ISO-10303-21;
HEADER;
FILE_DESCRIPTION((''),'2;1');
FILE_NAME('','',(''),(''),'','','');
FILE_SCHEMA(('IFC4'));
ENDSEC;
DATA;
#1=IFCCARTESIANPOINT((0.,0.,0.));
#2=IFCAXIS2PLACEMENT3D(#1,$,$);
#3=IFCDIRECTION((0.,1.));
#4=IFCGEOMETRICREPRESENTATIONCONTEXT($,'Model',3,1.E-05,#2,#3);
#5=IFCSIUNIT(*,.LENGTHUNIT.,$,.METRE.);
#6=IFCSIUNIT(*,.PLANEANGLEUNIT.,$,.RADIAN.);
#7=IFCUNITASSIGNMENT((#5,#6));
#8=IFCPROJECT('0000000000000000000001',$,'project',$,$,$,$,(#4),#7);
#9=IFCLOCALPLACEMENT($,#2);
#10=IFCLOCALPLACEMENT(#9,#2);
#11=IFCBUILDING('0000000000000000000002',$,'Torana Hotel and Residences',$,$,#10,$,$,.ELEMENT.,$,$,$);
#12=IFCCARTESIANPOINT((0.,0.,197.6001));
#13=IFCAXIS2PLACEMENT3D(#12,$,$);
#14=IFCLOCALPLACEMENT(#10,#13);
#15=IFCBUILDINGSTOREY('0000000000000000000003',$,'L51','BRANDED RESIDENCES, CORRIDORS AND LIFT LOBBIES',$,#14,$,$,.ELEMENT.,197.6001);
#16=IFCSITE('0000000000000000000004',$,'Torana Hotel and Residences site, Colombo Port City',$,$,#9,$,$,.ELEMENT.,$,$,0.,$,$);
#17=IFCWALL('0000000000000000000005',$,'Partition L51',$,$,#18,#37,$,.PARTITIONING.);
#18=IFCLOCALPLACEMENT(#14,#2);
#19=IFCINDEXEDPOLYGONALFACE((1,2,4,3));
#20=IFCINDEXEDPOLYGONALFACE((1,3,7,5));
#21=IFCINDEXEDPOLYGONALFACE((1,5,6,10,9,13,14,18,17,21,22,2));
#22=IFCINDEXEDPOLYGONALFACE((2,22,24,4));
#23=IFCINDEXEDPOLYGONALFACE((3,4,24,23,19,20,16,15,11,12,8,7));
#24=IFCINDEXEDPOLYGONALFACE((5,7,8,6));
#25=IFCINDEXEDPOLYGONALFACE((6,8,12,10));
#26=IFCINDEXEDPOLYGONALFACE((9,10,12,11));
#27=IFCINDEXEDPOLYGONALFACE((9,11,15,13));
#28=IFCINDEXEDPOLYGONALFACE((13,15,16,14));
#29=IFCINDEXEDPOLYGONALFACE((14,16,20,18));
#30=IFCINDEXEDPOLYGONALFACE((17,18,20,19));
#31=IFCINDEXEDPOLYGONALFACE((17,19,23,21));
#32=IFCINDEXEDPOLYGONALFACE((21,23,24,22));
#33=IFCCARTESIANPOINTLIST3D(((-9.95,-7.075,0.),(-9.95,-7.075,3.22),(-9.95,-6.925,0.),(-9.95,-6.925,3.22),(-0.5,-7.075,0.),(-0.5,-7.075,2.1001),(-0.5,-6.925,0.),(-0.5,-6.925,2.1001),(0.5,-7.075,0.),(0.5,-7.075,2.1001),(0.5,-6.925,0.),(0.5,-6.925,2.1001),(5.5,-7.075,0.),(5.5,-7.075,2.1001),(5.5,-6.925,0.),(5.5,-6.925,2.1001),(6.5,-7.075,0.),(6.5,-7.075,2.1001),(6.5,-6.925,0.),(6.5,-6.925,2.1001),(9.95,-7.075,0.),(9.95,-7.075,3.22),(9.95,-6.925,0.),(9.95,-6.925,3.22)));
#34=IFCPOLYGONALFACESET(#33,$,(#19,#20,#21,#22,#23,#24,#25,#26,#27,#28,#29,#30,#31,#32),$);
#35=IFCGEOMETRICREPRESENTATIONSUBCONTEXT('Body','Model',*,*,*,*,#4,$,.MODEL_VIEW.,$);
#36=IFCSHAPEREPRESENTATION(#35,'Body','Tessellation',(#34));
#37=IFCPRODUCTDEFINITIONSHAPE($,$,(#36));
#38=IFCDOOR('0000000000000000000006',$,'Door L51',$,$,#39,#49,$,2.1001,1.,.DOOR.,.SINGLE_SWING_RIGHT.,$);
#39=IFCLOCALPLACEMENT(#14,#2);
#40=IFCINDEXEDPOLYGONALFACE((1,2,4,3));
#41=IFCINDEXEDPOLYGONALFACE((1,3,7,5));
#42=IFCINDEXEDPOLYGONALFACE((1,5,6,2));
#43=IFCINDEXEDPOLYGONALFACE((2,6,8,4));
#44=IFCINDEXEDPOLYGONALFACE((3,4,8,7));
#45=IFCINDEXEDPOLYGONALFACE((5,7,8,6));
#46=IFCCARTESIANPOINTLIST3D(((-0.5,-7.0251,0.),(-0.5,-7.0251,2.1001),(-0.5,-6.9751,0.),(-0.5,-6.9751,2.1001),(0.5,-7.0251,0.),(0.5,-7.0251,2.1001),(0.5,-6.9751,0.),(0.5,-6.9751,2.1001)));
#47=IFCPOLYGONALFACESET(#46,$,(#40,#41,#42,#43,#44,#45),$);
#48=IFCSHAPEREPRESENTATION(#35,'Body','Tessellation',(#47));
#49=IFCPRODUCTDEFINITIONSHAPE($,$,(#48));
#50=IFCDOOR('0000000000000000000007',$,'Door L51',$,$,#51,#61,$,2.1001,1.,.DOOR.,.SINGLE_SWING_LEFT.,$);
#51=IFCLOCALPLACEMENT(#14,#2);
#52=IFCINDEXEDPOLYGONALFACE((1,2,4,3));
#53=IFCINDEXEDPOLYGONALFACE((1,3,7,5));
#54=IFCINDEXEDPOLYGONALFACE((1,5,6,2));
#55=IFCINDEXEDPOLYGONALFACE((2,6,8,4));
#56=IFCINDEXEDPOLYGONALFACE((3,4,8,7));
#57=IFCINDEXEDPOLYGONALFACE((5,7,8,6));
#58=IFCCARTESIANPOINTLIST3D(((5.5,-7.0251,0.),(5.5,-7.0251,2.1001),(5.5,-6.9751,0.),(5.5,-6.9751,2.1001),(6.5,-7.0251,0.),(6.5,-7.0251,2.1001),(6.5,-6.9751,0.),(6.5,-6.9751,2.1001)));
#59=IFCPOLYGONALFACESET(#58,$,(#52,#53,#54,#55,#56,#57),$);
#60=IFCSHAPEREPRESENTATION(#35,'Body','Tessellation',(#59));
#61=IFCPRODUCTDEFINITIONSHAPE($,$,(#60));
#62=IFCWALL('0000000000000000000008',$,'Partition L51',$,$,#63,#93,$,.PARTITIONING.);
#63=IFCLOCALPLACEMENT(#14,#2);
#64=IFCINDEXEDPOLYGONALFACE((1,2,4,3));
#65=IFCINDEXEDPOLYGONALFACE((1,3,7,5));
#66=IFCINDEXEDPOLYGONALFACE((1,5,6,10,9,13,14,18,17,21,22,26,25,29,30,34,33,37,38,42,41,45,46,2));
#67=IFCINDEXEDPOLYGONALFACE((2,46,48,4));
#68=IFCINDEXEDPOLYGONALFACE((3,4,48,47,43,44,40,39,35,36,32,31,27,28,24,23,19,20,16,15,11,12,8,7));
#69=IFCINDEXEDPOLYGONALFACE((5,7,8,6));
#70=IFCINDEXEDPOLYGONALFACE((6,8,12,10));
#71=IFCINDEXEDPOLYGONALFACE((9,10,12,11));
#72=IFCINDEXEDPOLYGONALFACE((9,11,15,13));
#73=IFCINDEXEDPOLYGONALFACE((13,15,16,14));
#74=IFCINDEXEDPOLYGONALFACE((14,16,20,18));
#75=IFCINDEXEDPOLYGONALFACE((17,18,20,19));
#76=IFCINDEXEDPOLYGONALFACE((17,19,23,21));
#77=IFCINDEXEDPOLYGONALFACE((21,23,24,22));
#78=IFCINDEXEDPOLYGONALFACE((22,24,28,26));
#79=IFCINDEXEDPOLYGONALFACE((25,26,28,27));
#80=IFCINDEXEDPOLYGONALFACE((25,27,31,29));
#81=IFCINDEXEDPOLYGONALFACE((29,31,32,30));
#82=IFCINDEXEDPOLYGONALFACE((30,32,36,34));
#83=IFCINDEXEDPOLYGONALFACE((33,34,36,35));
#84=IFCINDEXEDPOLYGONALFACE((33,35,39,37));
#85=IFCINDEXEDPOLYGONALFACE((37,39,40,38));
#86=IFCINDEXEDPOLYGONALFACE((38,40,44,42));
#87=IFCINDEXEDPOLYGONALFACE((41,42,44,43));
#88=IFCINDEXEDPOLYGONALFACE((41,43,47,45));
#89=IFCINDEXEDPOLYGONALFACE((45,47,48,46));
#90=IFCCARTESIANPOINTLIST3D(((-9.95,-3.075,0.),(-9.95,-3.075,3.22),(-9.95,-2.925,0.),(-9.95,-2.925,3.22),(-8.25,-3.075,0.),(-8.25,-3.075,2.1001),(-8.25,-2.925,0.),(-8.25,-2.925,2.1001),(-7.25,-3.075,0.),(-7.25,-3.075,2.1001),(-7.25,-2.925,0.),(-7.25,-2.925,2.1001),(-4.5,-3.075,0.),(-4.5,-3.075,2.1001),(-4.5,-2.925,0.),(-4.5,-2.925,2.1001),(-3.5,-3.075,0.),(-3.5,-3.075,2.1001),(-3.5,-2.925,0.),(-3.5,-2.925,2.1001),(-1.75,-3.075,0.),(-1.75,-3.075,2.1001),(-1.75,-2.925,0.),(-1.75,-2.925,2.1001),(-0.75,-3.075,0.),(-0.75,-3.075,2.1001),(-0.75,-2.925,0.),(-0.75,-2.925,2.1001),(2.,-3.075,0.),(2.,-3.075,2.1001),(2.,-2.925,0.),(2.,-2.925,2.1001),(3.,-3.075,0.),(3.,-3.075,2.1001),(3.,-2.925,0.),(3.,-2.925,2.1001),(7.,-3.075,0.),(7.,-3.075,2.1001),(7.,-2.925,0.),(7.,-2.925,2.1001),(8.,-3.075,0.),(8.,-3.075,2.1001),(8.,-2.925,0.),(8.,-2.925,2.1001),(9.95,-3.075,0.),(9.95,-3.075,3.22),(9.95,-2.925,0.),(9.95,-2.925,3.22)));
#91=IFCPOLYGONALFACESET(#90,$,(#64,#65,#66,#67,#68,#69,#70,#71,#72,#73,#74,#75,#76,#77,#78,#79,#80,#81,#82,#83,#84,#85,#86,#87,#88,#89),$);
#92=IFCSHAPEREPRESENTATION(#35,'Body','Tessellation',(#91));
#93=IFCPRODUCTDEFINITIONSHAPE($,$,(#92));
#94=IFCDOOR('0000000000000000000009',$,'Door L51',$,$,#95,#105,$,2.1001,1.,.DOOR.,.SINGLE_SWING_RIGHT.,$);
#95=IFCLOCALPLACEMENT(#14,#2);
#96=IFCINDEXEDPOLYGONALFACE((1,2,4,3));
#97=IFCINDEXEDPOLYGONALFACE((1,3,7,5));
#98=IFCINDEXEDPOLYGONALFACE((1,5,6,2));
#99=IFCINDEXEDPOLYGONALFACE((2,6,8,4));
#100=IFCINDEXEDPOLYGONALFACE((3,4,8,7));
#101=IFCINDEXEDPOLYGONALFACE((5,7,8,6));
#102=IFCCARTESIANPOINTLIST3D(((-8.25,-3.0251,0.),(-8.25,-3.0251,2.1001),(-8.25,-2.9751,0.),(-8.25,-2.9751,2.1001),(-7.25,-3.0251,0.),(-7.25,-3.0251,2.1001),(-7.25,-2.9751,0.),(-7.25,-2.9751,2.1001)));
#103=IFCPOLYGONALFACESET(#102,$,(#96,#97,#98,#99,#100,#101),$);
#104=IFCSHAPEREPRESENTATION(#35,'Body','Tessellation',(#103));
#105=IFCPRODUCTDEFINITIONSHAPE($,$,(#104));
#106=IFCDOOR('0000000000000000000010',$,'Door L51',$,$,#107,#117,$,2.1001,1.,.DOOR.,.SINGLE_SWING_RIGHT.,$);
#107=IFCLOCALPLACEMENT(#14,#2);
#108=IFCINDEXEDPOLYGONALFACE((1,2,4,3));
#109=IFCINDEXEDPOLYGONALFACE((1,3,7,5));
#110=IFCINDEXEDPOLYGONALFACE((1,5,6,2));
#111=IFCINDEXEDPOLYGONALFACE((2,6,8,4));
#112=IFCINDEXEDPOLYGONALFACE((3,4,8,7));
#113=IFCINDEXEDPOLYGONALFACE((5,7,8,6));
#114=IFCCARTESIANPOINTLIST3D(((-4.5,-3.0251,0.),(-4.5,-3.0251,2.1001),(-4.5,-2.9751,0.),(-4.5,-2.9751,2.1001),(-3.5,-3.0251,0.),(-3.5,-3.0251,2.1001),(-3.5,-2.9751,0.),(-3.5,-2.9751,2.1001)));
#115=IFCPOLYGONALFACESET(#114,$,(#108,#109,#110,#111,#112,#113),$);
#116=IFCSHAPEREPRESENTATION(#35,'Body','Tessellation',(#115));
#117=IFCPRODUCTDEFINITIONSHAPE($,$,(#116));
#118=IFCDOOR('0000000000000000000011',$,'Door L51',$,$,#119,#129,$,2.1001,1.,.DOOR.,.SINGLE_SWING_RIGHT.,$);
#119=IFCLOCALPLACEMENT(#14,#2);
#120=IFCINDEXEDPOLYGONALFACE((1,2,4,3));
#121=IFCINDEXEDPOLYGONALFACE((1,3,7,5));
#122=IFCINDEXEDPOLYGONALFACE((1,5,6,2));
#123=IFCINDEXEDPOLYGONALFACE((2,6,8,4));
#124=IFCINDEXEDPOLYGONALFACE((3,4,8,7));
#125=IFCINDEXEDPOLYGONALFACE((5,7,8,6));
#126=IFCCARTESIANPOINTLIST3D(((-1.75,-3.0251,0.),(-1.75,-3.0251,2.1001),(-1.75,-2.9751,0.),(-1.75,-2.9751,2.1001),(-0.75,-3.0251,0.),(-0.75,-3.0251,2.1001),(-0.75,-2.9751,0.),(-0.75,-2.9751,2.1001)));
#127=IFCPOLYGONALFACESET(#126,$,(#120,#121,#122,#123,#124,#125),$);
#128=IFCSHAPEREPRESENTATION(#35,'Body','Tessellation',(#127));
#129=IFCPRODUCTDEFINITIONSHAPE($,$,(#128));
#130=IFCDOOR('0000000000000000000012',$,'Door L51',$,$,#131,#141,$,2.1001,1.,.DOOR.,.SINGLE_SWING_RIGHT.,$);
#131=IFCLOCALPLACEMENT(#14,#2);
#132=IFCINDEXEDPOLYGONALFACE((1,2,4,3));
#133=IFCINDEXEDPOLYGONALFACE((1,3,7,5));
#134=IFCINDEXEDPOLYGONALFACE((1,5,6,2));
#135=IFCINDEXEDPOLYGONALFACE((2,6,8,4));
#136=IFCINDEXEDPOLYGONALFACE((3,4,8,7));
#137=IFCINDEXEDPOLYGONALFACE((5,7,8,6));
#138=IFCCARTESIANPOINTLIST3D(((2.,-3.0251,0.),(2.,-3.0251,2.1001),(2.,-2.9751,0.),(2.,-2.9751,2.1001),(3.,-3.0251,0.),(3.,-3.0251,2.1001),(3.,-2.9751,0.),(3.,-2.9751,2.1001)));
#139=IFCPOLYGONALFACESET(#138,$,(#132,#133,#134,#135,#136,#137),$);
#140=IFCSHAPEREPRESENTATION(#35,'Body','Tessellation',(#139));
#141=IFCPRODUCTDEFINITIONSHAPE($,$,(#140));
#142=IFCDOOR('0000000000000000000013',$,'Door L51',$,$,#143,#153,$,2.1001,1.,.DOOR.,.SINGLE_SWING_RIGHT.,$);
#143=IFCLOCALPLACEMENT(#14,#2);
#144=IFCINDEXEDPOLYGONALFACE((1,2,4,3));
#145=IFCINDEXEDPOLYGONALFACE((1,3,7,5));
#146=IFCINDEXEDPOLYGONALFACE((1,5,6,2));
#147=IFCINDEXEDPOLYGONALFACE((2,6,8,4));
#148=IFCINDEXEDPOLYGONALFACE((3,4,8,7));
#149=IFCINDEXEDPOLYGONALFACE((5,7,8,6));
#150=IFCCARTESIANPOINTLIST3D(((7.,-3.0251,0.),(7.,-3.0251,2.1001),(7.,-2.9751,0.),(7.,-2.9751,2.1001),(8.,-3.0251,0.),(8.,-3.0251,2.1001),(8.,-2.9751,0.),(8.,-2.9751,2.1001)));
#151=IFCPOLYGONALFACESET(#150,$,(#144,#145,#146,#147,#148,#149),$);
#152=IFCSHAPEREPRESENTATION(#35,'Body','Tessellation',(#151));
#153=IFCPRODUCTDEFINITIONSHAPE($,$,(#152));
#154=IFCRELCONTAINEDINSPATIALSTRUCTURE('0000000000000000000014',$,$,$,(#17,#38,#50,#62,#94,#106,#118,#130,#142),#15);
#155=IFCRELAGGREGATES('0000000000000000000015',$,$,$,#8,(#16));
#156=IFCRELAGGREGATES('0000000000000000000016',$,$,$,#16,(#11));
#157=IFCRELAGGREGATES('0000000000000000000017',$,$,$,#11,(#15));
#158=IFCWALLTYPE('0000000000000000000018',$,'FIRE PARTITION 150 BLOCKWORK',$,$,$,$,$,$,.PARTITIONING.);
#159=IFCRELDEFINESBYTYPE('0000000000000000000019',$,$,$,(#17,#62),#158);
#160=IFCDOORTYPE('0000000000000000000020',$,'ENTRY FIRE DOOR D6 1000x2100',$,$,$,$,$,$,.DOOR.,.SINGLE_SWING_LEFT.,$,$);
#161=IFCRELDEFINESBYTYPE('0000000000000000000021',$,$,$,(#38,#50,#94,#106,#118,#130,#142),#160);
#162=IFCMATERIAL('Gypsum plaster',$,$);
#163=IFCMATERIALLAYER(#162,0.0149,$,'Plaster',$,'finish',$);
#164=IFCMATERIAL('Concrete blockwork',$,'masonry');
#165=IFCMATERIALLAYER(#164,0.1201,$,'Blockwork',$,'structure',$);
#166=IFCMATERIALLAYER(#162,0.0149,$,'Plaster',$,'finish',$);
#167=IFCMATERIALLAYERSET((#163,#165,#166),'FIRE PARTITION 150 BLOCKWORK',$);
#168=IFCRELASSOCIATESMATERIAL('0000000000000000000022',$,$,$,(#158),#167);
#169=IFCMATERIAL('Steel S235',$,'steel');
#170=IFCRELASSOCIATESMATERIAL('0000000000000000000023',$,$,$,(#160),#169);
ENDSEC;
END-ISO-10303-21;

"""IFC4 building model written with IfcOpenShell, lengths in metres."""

from ifc_helpers import new_model, si_unit, direction, frame, frame_2d, origin, place, context, subcontext, project, spatial, rectangle, extrude, material, layer, layer_set, type_object, element, fill, save


model = new_model("IFC4")

# Units and contexts
model_context = context("Model", 3, precision=1e-05, world=origin(), true_north=direction((0.0, 1.0)))
body_context = subcontext(model_context, "Body", "Model", "MODEL_VIEW")
ifc_project = project(units=[si_unit("LENGTHUNIT", "METRE"), si_unit("PLANEANGLEUNIT", "RADIAN")], contexts=[model_context])

# Site, building, storey
site_placement = place(None, origin())
site = spatial("IfcSite", under=ifc_project, at=site_placement, Name="Torana Hotel and Residences site, Colombo Port City", CompositionType="ELEMENT", RefElevation=0.0)
building_placement = place(site_placement, origin())
building = spatial("IfcBuilding", under=site, at=building_placement, Name="Torana Hotel and Residences", CompositionType="ELEMENT")
storey_placement = place(building_placement, frame((0.0, 0.0, 197.6001)))
storey = spatial("IfcBuildingStorey", under=building, at=storey_placement, Name="L51", Description="BRANDED RESIDENCES, CORRIDORS AND LIFT LOBBIES", CompositionType="ELEMENT", Elevation=197.6001)

# Walls, openings, doors
ifc_material_1 = material(Name="Gypsum plaster")
ifc_layer_1 = layer(ifc_material_1, 0.0149, Name="Plaster", Category="finish")
ifc_material_2 = material(Name="Concrete blockwork", Category="masonry")
ifc_layer_2 = layer(ifc_material_2, 0.1201, Name="Blockwork", Category="structure")
ifc_layer_3 = layer(ifc_material_1, 0.0149, Name="Plaster", Category="finish")
ifc_layer_set_1 = layer_set([ifc_layer_1, ifc_layer_2, ifc_layer_3], Name="FIRE PARTITION 150 BLOCKWORK")
wall_type_1 = type_object("IfcWallType", Name="FIRE PARTITION 150 BLOCKWORK", PredefinedType="PARTITIONING", material=ifc_layer_set_1)
wall_1_placement = place(storey_placement, frame((-9.95, -7.0, 0.0), z_axis=(0.0, 0.0, 1.0), x_axis=(1.0, 0.0, 0.0)))
wall_1 = element("IfcWall", 1, at=wall_1_placement, inside=storey, type_object=wall_type_1, Name="Partition L51", PredefinedType="PARTITIONING", context=body_context, shape_type="SweptSolid", body=[
    extrude(rectangle(XDim=19.8999, YDim=0.1499, at=frame_2d((9.95, 0.0))), origin(), (0.0, 0.0, 1.0), 3.22),
])
opening_1_placement = place(wall_1_placement, frame((9.45, 0.0, 0.0)))
opening_1 = element("IfcOpeningElement", 2, at=opening_1_placement, cuts=wall_1, PredefinedType="OPENING", context=body_context, shape_type="SweptSolid", body=[
    extrude(rectangle(XDim=1.0, YDim=2.1001, at=frame_2d((0.5, 1.05))), frame((0.0, 0.085, 0.0), z_axis=(0.0, -1.0, 0.0), x_axis=(1.0, 0.0, 0.0)), (0.0, 0.0, 1.0), 0.1699),
])
opening_2_placement = place(wall_1_placement, frame((15.45, 0.0, 0.0)))
opening_2 = element("IfcOpeningElement", 3, at=opening_2_placement, cuts=wall_1, PredefinedType="OPENING", context=body_context, shape_type="SweptSolid", body=[
    extrude(rectangle(XDim=1.0, YDim=2.1001, at=frame_2d((0.5, 1.05))), frame((0.0, 0.085, 0.0), z_axis=(0.0, -1.0, 0.0), x_axis=(1.0, 0.0, 0.0)), (0.0, 0.0, 1.0), 0.1699),
])
ifc_material_3 = material(Name="Steel S235", Category="steel")
door_type = type_object("IfcDoorType", Name="ENTRY FIRE DOOR D6 1000x2100", OperationType="SINGLE_SWING_LEFT", PredefinedType="DOOR", material=ifc_material_3)
door_1_placement = place(opening_1_placement, origin())
door_1 = element("IfcDoor", 4, at=door_1_placement, inside=storey, type_object=door_type, Name="Door L51", OperationType="SINGLE_SWING_RIGHT", OverallHeight=2.1001, OverallWidth=1.0, PredefinedType="DOOR", context=body_context, shape_type="SweptSolid", body=[
    extrude(rectangle(XDim=1.0, YDim=2.1001, at=frame_2d((0.5, 1.05))), frame((0.0, 0.0249, 0.0), z_axis=(0.0, -1.0, 0.0), x_axis=(1.0, 0.0, 0.0)), (0.0, 0.0, 1.0), 0.05),
])
fill(opening_1, door_1)
door_2_placement = place(opening_2_placement, frame((0.5, 0.0, 0.0), z_axis=(0.0, 0.0, 1.0), x_axis=(-1.0, 0.0, 0.0)))
door_2 = element("IfcDoor", 5, at=door_2_placement, inside=storey, type_object=door_type, Name="Door L51", OperationType="SINGLE_SWING_LEFT", OverallHeight=2.1001, OverallWidth=1.0, PredefinedType="DOOR", context=body_context, shape_type="SweptSolid", body=[
    extrude(rectangle(XDim=1.0, YDim=2.1001, at=frame_2d((0.0, 1.05))), frame((0.0, -0.0249, 0.0), z_axis=(0.0, 1.0, 0.0), x_axis=(-1.0, 0.0, 0.0)), (0.0, 0.0, 1.0), 0.05),
])
fill(opening_2, door_2)
wall_2_placement = place(storey_placement, frame((-9.95, -3.0, 0.0), z_axis=(0.0, 0.0, 1.0), x_axis=(1.0, 0.0, 0.0)))
wall_2 = element("IfcWall", 6, at=wall_2_placement, inside=storey, type_object=wall_type_1, Name="Partition L51", PredefinedType="PARTITIONING", context=body_context, shape_type="SweptSolid", body=[
    extrude(rectangle(XDim=19.8999, YDim=0.1499, at=frame_2d((9.95, 0.0))), origin(), (0.0, 0.0, 1.0), 3.22),
])
opening_3_placement = place(wall_2_placement, frame((1.7, 0.0, 0.0)))
opening_3 = element("IfcOpeningElement", 7, at=opening_3_placement, cuts=wall_2, PredefinedType="OPENING", context=body_context, shape_type="SweptSolid", body=[
    extrude(rectangle(XDim=1.0, YDim=2.1001, at=frame_2d((0.5, 1.05))), frame((0.0, 0.085, 0.0), z_axis=(0.0, -1.0, 0.0), x_axis=(1.0, 0.0, 0.0)), (0.0, 0.0, 1.0), 0.1699),
])
opening_4_placement = place(wall_2_placement, frame((5.45, 0.0, 0.0)))
opening_4 = element("IfcOpeningElement", 8, at=opening_4_placement, cuts=wall_2, PredefinedType="OPENING", context=body_context, shape_type="SweptSolid", body=[
    extrude(rectangle(XDim=1.0, YDim=2.1001, at=frame_2d((0.5, 1.05))), frame((0.0, 0.085, 0.0), z_axis=(0.0, -1.0, 0.0), x_axis=(1.0, 0.0, 0.0)), (0.0, 0.0, 1.0), 0.1699),
])
opening_5_placement = place(wall_2_placement, frame((8.2, 0.0, 0.0)))
opening_5 = element("IfcOpeningElement", 9, at=opening_5_placement, cuts=wall_2, PredefinedType="OPENING", context=body_context, shape_type="SweptSolid", body=[
    extrude(rectangle(XDim=1.0, YDim=2.1001, at=frame_2d((0.5, 1.05))), frame((0.0, 0.085, 0.0), z_axis=(0.0, -1.0, 0.0), x_axis=(1.0, 0.0, 0.0)), (0.0, 0.0, 1.0), 0.1699),
])
opening_6_placement = place(wall_2_placement, frame((11.95, 0.0, 0.0)))
opening_6 = element("IfcOpeningElement", 10, at=opening_6_placement, cuts=wall_2, PredefinedType="OPENING", context=body_context, shape_type="SweptSolid", body=[
    extrude(rectangle(XDim=1.0, YDim=2.1001, at=frame_2d((0.5, 1.05))), frame((0.0, 0.085, 0.0), z_axis=(0.0, -1.0, 0.0), x_axis=(1.0, 0.0, 0.0)), (0.0, 0.0, 1.0), 0.1699),
])
opening_7_placement = place(wall_2_placement, frame((16.95, 0.0, 0.0)))
opening_7 = element("IfcOpeningElement", 11, at=opening_7_placement, cuts=wall_2, PredefinedType="OPENING", context=body_context, shape_type="SweptSolid", body=[
    extrude(rectangle(XDim=1.0, YDim=2.1001, at=frame_2d((0.5, 1.05))), frame((0.0, 0.085, 0.0), z_axis=(0.0, -1.0, 0.0), x_axis=(1.0, 0.0, 0.0)), (0.0, 0.0, 1.0), 0.1699),
])
door_3_placement = place(opening_3_placement, origin())
door_3 = element("IfcDoor", 12, at=door_3_placement, inside=storey, type_object=door_type, Name="Door L51", OperationType="SINGLE_SWING_RIGHT", OverallHeight=2.1001, OverallWidth=1.0, PredefinedType="DOOR", context=body_context, shape_type="SweptSolid", body=[
    extrude(rectangle(XDim=1.0, YDim=2.1001, at=frame_2d((0.5, 1.05))), frame((0.0, 0.0249, 0.0), z_axis=(0.0, -1.0, 0.0), x_axis=(1.0, 0.0, 0.0)), (0.0, 0.0, 1.0), 0.05),
])
fill(opening_3, door_3)
door_4_placement = place(opening_4_placement, origin())
door_4 = element("IfcDoor", 13, at=door_4_placement, inside=storey, type_object=door_type, Name="Door L51", OperationType="SINGLE_SWING_RIGHT", OverallHeight=2.1001, OverallWidth=1.0, PredefinedType="DOOR", context=body_context, shape_type="SweptSolid", body=[
    extrude(rectangle(XDim=1.0, YDim=2.1001, at=frame_2d((0.5, 1.05))), frame((0.0, 0.0249, 0.0), z_axis=(0.0, -1.0, 0.0), x_axis=(1.0, 0.0, 0.0)), (0.0, 0.0, 1.0), 0.05),
])
fill(opening_4, door_4)
door_5_placement = place(opening_5_placement, origin())
door_5 = element("IfcDoor", 14, at=door_5_placement, inside=storey, type_object=door_type, Name="Door L51", OperationType="SINGLE_SWING_RIGHT", OverallHeight=2.1001, OverallWidth=1.0, PredefinedType="DOOR", context=body_context, shape_type="SweptSolid", body=[
    extrude(rectangle(XDim=1.0, YDim=2.1001, at=frame_2d((0.5, 1.05))), frame((0.0, 0.0249, 0.0), z_axis=(0.0, -1.0, 0.0), x_axis=(1.0, 0.0, 0.0)), (0.0, 0.0, 1.0), 0.05),
])
fill(opening_5, door_5)
door_6_placement = place(opening_6_placement, origin())
door_6 = element("IfcDoor", 15, at=door_6_placement, inside=storey, type_object=door_type, Name="Door L51", OperationType="SINGLE_SWING_RIGHT", OverallHeight=2.1001, OverallWidth=1.0, PredefinedType="DOOR", context=body_context, shape_type="SweptSolid", body=[
    extrude(rectangle(XDim=1.0, YDim=2.1001, at=frame_2d((0.5, 1.05))), frame((0.0, 0.0249, 0.0), z_axis=(0.0, -1.0, 0.0), x_axis=(1.0, 0.0, 0.0)), (0.0, 0.0, 1.0), 0.05),
])
fill(opening_6, door_6)
door_7_placement = place(opening_7_placement, origin())
door_7 = element("IfcDoor", 16, at=door_7_placement, inside=storey, type_object=door_type, Name="Door L51", OperationType="SINGLE_SWING_RIGHT", OverallHeight=2.1001, OverallWidth=1.0, PredefinedType="DOOR", context=body_context, shape_type="SweptSolid", body=[
    extrude(rectangle(XDim=1.0, YDim=2.1001, at=frame_2d((0.5, 1.05))), frame((0.0, 0.0249, 0.0), z_axis=(0.0, -1.0, 0.0), x_axis=(1.0, 0.0, 0.0)), (0.0, 0.0, 1.0), 0.05),
])
fill(opening_7, door_7)

save(model, "model.ifc")
